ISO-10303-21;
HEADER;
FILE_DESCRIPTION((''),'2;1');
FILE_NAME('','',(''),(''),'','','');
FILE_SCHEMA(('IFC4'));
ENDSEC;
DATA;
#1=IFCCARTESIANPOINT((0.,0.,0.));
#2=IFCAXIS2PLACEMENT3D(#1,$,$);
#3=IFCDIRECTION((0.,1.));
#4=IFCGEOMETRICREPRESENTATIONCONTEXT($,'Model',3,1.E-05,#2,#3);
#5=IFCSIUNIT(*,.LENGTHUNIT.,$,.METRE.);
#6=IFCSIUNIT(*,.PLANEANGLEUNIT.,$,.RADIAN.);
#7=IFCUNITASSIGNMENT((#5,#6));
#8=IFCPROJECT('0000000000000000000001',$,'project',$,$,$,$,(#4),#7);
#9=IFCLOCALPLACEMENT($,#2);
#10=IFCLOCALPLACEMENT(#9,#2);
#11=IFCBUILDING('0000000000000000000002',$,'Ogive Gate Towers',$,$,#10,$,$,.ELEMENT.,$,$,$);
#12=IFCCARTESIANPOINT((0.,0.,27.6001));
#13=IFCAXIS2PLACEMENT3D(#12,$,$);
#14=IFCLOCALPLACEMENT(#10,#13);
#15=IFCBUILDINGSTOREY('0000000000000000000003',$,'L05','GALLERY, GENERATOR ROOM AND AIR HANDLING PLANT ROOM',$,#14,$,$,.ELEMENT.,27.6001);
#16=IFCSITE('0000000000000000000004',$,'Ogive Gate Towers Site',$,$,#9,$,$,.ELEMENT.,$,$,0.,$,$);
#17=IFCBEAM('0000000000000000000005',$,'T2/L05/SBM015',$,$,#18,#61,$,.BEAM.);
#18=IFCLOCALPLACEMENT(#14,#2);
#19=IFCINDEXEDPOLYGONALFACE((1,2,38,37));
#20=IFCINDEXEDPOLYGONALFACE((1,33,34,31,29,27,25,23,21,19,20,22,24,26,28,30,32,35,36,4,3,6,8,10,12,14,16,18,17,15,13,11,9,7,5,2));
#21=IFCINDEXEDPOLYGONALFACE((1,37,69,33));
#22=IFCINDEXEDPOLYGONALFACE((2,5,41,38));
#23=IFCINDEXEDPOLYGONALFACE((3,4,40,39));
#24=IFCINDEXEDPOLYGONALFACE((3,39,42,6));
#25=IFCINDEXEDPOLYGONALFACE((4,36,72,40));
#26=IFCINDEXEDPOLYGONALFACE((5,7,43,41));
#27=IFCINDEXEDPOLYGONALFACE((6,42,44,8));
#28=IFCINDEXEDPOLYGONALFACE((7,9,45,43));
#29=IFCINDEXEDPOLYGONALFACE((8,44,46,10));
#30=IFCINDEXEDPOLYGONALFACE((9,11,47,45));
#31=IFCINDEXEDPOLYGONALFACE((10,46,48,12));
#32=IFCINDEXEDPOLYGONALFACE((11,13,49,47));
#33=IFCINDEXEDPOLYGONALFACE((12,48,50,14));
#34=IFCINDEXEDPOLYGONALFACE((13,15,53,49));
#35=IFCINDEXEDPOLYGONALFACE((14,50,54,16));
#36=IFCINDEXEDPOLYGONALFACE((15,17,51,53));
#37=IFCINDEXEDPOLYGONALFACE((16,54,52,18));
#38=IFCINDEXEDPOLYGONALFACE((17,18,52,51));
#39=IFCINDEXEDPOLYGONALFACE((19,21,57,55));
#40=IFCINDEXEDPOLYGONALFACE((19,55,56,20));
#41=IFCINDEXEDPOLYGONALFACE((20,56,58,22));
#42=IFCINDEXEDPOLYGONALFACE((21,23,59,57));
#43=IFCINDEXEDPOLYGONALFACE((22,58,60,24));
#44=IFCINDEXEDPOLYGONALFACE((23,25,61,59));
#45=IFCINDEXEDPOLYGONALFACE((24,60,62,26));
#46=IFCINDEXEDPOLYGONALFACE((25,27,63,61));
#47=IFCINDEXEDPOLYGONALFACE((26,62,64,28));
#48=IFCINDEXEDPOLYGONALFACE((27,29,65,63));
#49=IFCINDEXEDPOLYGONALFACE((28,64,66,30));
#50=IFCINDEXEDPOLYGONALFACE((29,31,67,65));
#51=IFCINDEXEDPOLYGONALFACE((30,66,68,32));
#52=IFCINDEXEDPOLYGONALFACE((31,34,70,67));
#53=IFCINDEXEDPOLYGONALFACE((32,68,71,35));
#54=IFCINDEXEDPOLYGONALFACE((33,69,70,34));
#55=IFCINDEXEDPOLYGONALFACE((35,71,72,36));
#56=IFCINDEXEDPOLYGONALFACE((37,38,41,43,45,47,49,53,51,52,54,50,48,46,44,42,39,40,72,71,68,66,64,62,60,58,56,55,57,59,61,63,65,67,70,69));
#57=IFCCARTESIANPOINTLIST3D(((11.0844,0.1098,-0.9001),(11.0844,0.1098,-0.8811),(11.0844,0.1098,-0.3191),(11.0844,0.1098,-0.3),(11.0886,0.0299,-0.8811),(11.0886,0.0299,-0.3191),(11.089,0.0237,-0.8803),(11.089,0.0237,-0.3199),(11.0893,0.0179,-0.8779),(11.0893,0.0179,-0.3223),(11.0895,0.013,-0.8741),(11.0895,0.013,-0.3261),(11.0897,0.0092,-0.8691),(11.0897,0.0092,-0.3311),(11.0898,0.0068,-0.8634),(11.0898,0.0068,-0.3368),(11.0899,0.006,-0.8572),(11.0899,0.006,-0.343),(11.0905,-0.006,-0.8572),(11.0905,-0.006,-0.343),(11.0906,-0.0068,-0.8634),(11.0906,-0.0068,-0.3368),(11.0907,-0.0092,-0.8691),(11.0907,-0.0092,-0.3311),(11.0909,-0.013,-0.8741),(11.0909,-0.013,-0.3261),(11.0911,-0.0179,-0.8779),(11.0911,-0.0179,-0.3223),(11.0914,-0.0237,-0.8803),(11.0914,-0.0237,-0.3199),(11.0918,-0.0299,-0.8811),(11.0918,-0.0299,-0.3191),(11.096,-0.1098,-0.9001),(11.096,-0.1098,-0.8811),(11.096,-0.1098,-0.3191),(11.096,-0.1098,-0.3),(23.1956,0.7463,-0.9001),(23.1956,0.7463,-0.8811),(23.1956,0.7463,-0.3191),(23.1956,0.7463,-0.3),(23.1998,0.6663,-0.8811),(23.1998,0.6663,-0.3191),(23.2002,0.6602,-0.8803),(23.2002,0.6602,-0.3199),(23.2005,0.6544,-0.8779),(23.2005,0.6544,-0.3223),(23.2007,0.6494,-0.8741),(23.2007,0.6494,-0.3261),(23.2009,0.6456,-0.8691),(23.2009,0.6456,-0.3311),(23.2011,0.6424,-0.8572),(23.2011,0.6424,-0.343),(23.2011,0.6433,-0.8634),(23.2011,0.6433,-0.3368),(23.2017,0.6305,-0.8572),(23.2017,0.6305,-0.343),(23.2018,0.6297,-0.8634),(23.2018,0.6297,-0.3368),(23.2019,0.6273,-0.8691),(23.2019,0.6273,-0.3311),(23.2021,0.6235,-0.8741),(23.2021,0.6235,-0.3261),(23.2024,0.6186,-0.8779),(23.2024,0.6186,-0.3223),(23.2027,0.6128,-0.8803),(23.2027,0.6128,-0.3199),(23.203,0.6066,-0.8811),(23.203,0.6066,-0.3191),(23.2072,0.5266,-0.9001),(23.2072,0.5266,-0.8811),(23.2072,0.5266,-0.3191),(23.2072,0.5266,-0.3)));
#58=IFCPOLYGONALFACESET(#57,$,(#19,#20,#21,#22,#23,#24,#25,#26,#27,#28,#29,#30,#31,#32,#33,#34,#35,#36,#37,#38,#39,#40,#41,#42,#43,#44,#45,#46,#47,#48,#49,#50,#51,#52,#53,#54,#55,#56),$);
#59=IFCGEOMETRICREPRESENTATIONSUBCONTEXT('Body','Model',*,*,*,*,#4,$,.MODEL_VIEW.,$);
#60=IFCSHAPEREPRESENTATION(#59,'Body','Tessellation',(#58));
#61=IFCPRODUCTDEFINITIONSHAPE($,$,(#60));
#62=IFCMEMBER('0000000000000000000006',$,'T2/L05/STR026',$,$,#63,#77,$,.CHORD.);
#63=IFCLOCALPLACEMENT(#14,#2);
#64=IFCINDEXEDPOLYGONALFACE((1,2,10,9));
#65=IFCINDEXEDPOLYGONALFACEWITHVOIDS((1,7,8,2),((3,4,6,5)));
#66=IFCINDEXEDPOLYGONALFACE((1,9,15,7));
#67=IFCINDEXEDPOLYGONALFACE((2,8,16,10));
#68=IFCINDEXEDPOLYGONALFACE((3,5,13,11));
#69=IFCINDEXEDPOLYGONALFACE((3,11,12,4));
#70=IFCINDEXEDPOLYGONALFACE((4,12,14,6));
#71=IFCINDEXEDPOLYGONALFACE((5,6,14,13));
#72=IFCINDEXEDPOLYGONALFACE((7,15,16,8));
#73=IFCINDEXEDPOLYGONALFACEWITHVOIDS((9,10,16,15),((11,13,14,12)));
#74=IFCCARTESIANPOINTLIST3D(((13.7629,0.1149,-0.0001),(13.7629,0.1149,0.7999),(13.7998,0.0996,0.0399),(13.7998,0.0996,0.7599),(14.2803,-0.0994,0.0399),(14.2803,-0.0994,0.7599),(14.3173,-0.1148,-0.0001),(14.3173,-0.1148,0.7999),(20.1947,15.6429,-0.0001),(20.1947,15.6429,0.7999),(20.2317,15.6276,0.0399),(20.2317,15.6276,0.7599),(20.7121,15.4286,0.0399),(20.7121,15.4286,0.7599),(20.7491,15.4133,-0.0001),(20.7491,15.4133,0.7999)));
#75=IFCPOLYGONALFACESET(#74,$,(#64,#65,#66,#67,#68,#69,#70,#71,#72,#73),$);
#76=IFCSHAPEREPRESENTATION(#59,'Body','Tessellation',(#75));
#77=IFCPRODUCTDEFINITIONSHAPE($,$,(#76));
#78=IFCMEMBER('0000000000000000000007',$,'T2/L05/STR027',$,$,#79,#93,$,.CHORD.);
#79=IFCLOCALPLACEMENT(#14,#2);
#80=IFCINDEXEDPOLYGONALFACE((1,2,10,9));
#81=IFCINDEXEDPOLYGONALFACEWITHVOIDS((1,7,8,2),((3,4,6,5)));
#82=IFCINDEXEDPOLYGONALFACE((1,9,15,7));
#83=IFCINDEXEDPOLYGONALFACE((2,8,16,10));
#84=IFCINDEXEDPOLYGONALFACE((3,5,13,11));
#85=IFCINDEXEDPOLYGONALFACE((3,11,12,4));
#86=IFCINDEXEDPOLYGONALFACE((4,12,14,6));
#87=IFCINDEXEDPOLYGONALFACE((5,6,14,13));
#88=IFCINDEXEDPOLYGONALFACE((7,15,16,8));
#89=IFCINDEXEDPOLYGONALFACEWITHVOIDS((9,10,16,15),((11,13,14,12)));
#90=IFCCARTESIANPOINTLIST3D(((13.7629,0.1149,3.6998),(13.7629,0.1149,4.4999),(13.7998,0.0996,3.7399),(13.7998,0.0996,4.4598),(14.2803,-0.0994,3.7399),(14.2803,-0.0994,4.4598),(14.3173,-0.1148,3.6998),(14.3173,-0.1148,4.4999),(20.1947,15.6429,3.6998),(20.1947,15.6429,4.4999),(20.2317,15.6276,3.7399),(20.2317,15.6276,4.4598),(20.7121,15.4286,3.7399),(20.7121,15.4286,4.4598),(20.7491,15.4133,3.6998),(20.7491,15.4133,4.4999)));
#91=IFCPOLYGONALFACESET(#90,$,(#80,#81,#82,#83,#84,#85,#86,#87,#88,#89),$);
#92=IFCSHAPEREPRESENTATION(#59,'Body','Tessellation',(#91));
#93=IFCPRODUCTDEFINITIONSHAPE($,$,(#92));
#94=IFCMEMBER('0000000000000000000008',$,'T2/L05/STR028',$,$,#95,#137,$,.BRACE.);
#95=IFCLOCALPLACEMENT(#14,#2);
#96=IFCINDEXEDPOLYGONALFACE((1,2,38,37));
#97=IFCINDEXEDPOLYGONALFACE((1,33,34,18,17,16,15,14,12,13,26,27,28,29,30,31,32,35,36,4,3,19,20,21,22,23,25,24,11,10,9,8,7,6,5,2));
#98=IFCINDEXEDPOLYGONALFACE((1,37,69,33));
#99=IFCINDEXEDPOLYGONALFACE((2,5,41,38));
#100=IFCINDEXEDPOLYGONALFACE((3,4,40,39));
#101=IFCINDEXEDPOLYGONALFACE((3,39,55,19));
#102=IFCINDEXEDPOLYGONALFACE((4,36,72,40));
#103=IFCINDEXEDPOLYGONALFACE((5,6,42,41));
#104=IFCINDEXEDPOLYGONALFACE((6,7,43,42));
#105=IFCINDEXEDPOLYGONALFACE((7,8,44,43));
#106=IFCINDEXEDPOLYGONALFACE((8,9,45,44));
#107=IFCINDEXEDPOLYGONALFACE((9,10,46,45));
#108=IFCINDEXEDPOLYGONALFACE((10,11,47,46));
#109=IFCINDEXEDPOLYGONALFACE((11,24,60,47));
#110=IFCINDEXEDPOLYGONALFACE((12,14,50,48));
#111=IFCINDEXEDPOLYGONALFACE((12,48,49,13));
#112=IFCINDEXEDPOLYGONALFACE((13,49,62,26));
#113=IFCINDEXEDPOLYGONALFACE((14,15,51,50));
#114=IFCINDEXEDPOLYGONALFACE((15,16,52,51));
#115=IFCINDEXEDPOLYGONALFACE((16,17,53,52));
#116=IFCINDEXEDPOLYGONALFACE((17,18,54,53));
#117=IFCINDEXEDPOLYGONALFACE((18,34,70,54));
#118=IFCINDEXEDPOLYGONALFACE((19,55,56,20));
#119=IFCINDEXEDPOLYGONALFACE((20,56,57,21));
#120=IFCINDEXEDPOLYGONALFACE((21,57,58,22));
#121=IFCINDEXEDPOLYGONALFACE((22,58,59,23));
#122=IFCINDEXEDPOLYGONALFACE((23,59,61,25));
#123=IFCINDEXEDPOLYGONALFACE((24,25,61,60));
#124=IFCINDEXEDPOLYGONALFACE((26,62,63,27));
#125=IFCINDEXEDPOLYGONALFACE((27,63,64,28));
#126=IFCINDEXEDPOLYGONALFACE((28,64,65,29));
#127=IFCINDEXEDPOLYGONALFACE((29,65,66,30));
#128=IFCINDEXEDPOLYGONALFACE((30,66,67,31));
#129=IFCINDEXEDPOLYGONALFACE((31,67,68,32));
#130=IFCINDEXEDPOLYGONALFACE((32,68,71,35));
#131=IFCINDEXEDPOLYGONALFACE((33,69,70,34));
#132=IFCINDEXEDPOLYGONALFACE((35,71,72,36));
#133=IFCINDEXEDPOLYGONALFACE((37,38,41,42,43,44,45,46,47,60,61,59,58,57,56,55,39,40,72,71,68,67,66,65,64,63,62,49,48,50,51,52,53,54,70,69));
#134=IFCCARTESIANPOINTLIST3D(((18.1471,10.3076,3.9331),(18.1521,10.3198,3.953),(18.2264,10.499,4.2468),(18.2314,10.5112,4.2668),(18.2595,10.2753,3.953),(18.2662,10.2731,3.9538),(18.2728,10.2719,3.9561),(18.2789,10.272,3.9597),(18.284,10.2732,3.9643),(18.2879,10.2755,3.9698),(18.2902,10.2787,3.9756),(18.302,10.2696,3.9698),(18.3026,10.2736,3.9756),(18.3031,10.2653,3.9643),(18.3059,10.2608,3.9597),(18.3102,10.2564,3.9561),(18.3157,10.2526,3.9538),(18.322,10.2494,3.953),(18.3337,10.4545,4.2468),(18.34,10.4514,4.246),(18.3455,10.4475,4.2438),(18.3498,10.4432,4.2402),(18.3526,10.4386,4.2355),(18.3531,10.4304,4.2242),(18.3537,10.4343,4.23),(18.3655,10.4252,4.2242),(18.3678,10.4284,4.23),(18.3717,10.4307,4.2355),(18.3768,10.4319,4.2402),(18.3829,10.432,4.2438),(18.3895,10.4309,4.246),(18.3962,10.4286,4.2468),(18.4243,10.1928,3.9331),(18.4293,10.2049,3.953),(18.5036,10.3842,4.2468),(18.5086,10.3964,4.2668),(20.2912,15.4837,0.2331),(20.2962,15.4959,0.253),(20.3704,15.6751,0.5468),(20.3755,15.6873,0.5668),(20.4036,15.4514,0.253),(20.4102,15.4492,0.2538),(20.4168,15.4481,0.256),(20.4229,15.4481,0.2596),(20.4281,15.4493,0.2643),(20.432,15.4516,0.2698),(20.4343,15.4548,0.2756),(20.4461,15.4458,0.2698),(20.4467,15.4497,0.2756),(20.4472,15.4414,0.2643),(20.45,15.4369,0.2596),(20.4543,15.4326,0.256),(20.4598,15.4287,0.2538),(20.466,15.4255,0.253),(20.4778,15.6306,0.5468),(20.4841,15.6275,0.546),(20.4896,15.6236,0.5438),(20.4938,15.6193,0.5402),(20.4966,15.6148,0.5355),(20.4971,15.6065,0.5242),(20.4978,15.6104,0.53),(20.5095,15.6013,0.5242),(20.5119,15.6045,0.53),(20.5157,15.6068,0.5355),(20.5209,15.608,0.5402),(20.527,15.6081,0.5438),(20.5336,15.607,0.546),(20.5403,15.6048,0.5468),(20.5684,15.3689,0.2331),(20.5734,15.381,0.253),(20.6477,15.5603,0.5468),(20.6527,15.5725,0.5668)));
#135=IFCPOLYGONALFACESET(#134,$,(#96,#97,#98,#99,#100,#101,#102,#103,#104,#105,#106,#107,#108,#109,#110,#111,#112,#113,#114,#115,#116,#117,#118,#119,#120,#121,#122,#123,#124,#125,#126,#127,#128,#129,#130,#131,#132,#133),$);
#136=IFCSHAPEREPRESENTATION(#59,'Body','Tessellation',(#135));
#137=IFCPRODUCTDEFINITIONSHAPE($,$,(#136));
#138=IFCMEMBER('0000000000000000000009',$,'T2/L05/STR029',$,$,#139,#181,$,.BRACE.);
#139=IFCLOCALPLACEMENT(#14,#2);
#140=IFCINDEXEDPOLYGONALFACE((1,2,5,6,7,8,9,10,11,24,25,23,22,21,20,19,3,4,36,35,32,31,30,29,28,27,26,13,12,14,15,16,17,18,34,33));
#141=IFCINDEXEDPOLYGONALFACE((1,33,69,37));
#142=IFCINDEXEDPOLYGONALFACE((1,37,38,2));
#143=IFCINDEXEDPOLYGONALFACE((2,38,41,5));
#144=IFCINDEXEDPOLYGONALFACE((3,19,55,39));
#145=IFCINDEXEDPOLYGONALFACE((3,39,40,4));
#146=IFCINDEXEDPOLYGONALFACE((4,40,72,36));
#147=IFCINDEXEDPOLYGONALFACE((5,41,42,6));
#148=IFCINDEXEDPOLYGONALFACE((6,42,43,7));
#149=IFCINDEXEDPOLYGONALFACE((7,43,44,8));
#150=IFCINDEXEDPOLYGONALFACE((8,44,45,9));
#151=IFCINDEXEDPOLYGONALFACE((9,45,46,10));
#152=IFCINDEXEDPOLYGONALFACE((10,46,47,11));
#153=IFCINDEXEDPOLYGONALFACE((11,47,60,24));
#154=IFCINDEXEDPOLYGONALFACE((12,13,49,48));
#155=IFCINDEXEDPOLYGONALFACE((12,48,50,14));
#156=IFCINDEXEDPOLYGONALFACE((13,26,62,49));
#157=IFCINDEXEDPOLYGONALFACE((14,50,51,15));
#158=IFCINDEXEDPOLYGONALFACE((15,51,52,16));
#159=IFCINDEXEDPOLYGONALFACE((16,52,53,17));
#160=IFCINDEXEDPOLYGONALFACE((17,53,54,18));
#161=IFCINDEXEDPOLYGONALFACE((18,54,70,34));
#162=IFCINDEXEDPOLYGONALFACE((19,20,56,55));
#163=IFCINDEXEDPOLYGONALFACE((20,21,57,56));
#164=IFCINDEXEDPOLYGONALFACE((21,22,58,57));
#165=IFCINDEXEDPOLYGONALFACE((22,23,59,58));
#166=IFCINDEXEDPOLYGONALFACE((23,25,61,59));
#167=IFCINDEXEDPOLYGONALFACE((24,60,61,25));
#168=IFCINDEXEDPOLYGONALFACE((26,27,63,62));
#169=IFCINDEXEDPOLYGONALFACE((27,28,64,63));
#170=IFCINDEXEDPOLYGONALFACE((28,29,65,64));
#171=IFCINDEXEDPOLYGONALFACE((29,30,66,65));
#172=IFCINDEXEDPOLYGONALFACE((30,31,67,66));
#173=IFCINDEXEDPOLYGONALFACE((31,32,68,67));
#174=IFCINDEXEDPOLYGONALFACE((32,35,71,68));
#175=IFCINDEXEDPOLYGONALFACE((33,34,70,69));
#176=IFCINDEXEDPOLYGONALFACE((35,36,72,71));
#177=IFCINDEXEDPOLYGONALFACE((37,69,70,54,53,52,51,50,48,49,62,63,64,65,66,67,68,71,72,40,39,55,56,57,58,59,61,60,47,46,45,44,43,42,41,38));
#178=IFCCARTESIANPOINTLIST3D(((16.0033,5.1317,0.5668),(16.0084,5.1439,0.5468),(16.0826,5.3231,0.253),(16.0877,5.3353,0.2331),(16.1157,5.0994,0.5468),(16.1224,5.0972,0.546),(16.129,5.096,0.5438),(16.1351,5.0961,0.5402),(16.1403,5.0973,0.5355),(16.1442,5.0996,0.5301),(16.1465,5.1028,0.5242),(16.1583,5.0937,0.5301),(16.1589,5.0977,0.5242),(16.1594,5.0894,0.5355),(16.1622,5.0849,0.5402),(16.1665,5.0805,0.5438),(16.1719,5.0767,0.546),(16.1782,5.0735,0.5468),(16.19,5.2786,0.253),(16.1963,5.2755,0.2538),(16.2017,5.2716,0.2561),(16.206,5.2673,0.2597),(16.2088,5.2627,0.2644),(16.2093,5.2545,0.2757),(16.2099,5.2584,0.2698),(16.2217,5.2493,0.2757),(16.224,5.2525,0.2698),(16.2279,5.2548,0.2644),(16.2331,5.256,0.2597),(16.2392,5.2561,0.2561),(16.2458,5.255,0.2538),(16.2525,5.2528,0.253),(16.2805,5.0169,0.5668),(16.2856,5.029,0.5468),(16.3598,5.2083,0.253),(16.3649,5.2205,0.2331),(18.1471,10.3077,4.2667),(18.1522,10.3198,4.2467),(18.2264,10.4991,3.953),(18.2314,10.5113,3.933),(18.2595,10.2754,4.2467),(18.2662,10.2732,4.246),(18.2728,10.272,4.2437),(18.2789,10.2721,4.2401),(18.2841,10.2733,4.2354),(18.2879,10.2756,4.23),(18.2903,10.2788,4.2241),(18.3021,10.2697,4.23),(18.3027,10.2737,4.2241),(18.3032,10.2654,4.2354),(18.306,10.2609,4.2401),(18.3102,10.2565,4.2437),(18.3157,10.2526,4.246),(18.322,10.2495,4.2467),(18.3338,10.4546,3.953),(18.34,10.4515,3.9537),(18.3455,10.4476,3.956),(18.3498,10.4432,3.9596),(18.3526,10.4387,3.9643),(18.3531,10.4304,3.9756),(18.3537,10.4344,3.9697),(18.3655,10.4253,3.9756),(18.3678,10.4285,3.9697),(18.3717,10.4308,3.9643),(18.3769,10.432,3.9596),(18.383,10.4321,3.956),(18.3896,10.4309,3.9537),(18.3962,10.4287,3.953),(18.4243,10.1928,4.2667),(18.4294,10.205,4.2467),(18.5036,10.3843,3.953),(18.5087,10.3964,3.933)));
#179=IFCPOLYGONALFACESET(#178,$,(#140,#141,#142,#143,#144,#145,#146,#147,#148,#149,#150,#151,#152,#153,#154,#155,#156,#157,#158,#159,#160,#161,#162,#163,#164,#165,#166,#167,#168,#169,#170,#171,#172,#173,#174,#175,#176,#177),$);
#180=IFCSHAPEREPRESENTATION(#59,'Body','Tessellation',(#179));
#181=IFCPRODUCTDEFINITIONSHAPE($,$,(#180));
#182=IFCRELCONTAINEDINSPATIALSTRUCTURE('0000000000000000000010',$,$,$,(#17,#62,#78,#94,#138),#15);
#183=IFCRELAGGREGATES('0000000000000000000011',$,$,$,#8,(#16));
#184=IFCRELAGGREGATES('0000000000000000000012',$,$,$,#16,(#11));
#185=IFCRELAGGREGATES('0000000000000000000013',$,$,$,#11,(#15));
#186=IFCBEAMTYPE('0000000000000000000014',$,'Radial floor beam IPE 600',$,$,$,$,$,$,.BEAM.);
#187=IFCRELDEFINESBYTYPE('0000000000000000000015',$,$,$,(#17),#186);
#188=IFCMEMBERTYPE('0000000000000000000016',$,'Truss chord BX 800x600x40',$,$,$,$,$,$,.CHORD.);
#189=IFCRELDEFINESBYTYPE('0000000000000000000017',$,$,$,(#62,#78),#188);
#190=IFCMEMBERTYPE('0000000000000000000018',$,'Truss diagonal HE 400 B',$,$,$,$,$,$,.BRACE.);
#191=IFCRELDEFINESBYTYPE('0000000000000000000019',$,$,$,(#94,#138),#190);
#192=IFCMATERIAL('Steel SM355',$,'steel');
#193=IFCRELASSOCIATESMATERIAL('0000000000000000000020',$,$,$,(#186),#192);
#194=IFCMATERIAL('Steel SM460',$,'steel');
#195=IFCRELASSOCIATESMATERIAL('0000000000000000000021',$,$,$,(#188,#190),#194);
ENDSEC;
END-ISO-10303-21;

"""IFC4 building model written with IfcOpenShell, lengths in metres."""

from ifc_helpers import new_model, si_unit, direction, frame, origin, origin_2d, place, context, subcontext, project, spatial, hollow_rectangle, i_section, extrude, material, material_profile, profile_set, type_object, element, save


model = new_model("IFC4")

# Units and contexts
model_context = context("Model", 3, precision=1e-05, world=origin(), true_north=direction((0.0, 1.0)))
body_context = subcontext(model_context, "Body", "Model", "MODEL_VIEW")
ifc_project = project(units=[si_unit("LENGTHUNIT", "METRE"), si_unit("PLANEANGLEUNIT", "RADIAN")], contexts=[model_context])

# Site, building, storey
site_placement = place(None, origin())
site = spatial("IfcSite", under=ifc_project, at=site_placement, Name="Ogive Gate Towers Site", CompositionType="ELEMENT", RefElevation=0.0)
building_placement = place(site_placement, origin())
building = spatial("IfcBuilding", under=site, at=building_placement, Name="Ogive Gate Towers", CompositionType="ELEMENT")
storey_placement = place(building_placement, frame((0.0, 0.0, 27.6001)))
storey = spatial("IfcBuildingStorey", under=building, at=storey_placement, Name="L05", Description="GALLERY, GENERATOR ROOM AND AIR HANDLING PLANT ROOM", CompositionType="ELEMENT", Elevation=27.6001)

# Beam
ifc_material_1 = material(Name="Steel SM355", Category="steel")
ifc_material_profile_1 = material_profile(ifc_material_1, i_section(OverallWidth=0.22, OverallDepth=0.6001, WebThickness=0.012, FlangeThickness=0.019, FilletRadius=0.0239, at=origin_2d()), Name="IPE 600")
ifc_profile_set_1 = profile_set([ifc_material_profile_1], Name="Steel SM355")
beam_type_1 = type_object("IfcBeamType", Name="Radial floor beam IPE 600", PredefinedType="BEAM", material=ifc_profile_set_1)
beam_1_placement = place(storey_placement, frame((23.2014, 0.6365, -0.6001), z_axis=(-0.998622, -0.05248, 0.0), x_axis=(0.05248, -0.998622, 0.0)))
element("IfcBeam", 1, at=beam_1_placement, inside=storey, type_object=beam_type_1, Name="T2/L05/SBM015", PredefinedType="BEAM", context=body_context, shape_type="SweptSolid", body=[
    extrude(i_section(OverallWidth=0.22, OverallDepth=0.6001, WebThickness=0.012, FlangeThickness=0.019, FilletRadius=0.0239, at=origin_2d()), origin(), (0.0, 0.0, 1.0), 12.1279),
])

# Members
ifc_material_2 = material(Name="Steel SM460", Category="steel")
ifc_material_profile_2 = material_profile(ifc_material_2, hollow_rectangle(XDim=0.6001, YDim=0.8, WallThickness=0.04, at=origin_2d()), Name="BX 800x600x40")
ifc_profile_set_2 = profile_set([ifc_material_profile_2], Name="Steel SM460")
member_type_1 = type_object("IfcMemberType", Name="Truss chord BX 800x600x40", PredefinedType="CHORD", material=ifc_profile_set_2)
for number, where, z_axis, x_axis, name in (
    (2, (20.4719, 15.5281, 0.3999), (-0.382681, -0.923881, 0.0), (0.923881, -0.382681, 0.0), "T2/L05/STR026"),
    (3, (20.4719, 15.5281, 4.0999), (-0.382681, -0.923881, 0.0), (0.923881, -0.382681, 0.0), "T2/L05/STR027"),
):
    element("IfcMember", number, at=place(storey_placement, frame(where, z_axis=z_axis, x_axis=x_axis)), inside=storey, type_object=member_type_1, Name=name, PredefinedType="CHORD", context=body_context, shape_type="SweptSolid", body=[
        extrude(hollow_rectangle(XDim=0.6001, YDim=0.8, WallThickness=0.04, at=origin_2d()), origin(), (0.0, 0.0, 1.0), 16.8074),
    ])
ifc_material_profile_3 = material_profile(ifc_material_2, i_section(OverallWidth=0.3, OverallDepth=0.3999, WebThickness=0.0134, FlangeThickness=0.0239, FilletRadius=0.0271, at=origin_2d()), Name="HE 400 B")
ifc_profile_set_3 = profile_set([ifc_material_profile_3], Name="Steel SM460")
member_type_2 = type_object("IfcMemberType", Name="Truss diagonal HE 400 B", PredefinedType="BRACE", material=ifc_profile_set_3)
member_1_placement = place(storey_placement, frame((20.4719, 15.5281, 0.3999), z_axis=(-0.319339, -0.77093, 0.55108), x_axis=(0.923876, -0.382693, 0.0)))
element("IfcMember", 4, at=member_1_placement, inside=storey, type_object=member_type_2, Name="T2/L05/STR028", PredefinedType="BRACE", context=body_context, shape_type="SweptSolid", body=[
    extrude(i_section(OverallWidth=0.3, OverallDepth=0.3999, WebThickness=0.0134, FlangeThickness=0.0239, FilletRadius=0.0271, at=origin_2d()), origin(), (0.0, 0.0, 1.0), 6.7141),
])
member_2_placement = place(storey_placement, frame((18.3279, 10.3521, 4.0999), z_axis=(-0.319306, -0.770939, -0.551086), x_axis=(0.923891, -0.382656, 0.0)))
element("IfcMember", 5, at=member_2_placement, inside=storey, type_object=member_type_2, Name="T2/L05/STR029", PredefinedType="BRACE", context=body_context, shape_type="SweptSolid", body=[
    extrude(i_section(OverallWidth=0.3, OverallDepth=0.3999, WebThickness=0.0134, FlangeThickness=0.0239, FilletRadius=0.0271, at=origin_2d()), origin(), (0.0, 0.0, 1.0), 6.7139),
])

save(model, "model.ifc")
